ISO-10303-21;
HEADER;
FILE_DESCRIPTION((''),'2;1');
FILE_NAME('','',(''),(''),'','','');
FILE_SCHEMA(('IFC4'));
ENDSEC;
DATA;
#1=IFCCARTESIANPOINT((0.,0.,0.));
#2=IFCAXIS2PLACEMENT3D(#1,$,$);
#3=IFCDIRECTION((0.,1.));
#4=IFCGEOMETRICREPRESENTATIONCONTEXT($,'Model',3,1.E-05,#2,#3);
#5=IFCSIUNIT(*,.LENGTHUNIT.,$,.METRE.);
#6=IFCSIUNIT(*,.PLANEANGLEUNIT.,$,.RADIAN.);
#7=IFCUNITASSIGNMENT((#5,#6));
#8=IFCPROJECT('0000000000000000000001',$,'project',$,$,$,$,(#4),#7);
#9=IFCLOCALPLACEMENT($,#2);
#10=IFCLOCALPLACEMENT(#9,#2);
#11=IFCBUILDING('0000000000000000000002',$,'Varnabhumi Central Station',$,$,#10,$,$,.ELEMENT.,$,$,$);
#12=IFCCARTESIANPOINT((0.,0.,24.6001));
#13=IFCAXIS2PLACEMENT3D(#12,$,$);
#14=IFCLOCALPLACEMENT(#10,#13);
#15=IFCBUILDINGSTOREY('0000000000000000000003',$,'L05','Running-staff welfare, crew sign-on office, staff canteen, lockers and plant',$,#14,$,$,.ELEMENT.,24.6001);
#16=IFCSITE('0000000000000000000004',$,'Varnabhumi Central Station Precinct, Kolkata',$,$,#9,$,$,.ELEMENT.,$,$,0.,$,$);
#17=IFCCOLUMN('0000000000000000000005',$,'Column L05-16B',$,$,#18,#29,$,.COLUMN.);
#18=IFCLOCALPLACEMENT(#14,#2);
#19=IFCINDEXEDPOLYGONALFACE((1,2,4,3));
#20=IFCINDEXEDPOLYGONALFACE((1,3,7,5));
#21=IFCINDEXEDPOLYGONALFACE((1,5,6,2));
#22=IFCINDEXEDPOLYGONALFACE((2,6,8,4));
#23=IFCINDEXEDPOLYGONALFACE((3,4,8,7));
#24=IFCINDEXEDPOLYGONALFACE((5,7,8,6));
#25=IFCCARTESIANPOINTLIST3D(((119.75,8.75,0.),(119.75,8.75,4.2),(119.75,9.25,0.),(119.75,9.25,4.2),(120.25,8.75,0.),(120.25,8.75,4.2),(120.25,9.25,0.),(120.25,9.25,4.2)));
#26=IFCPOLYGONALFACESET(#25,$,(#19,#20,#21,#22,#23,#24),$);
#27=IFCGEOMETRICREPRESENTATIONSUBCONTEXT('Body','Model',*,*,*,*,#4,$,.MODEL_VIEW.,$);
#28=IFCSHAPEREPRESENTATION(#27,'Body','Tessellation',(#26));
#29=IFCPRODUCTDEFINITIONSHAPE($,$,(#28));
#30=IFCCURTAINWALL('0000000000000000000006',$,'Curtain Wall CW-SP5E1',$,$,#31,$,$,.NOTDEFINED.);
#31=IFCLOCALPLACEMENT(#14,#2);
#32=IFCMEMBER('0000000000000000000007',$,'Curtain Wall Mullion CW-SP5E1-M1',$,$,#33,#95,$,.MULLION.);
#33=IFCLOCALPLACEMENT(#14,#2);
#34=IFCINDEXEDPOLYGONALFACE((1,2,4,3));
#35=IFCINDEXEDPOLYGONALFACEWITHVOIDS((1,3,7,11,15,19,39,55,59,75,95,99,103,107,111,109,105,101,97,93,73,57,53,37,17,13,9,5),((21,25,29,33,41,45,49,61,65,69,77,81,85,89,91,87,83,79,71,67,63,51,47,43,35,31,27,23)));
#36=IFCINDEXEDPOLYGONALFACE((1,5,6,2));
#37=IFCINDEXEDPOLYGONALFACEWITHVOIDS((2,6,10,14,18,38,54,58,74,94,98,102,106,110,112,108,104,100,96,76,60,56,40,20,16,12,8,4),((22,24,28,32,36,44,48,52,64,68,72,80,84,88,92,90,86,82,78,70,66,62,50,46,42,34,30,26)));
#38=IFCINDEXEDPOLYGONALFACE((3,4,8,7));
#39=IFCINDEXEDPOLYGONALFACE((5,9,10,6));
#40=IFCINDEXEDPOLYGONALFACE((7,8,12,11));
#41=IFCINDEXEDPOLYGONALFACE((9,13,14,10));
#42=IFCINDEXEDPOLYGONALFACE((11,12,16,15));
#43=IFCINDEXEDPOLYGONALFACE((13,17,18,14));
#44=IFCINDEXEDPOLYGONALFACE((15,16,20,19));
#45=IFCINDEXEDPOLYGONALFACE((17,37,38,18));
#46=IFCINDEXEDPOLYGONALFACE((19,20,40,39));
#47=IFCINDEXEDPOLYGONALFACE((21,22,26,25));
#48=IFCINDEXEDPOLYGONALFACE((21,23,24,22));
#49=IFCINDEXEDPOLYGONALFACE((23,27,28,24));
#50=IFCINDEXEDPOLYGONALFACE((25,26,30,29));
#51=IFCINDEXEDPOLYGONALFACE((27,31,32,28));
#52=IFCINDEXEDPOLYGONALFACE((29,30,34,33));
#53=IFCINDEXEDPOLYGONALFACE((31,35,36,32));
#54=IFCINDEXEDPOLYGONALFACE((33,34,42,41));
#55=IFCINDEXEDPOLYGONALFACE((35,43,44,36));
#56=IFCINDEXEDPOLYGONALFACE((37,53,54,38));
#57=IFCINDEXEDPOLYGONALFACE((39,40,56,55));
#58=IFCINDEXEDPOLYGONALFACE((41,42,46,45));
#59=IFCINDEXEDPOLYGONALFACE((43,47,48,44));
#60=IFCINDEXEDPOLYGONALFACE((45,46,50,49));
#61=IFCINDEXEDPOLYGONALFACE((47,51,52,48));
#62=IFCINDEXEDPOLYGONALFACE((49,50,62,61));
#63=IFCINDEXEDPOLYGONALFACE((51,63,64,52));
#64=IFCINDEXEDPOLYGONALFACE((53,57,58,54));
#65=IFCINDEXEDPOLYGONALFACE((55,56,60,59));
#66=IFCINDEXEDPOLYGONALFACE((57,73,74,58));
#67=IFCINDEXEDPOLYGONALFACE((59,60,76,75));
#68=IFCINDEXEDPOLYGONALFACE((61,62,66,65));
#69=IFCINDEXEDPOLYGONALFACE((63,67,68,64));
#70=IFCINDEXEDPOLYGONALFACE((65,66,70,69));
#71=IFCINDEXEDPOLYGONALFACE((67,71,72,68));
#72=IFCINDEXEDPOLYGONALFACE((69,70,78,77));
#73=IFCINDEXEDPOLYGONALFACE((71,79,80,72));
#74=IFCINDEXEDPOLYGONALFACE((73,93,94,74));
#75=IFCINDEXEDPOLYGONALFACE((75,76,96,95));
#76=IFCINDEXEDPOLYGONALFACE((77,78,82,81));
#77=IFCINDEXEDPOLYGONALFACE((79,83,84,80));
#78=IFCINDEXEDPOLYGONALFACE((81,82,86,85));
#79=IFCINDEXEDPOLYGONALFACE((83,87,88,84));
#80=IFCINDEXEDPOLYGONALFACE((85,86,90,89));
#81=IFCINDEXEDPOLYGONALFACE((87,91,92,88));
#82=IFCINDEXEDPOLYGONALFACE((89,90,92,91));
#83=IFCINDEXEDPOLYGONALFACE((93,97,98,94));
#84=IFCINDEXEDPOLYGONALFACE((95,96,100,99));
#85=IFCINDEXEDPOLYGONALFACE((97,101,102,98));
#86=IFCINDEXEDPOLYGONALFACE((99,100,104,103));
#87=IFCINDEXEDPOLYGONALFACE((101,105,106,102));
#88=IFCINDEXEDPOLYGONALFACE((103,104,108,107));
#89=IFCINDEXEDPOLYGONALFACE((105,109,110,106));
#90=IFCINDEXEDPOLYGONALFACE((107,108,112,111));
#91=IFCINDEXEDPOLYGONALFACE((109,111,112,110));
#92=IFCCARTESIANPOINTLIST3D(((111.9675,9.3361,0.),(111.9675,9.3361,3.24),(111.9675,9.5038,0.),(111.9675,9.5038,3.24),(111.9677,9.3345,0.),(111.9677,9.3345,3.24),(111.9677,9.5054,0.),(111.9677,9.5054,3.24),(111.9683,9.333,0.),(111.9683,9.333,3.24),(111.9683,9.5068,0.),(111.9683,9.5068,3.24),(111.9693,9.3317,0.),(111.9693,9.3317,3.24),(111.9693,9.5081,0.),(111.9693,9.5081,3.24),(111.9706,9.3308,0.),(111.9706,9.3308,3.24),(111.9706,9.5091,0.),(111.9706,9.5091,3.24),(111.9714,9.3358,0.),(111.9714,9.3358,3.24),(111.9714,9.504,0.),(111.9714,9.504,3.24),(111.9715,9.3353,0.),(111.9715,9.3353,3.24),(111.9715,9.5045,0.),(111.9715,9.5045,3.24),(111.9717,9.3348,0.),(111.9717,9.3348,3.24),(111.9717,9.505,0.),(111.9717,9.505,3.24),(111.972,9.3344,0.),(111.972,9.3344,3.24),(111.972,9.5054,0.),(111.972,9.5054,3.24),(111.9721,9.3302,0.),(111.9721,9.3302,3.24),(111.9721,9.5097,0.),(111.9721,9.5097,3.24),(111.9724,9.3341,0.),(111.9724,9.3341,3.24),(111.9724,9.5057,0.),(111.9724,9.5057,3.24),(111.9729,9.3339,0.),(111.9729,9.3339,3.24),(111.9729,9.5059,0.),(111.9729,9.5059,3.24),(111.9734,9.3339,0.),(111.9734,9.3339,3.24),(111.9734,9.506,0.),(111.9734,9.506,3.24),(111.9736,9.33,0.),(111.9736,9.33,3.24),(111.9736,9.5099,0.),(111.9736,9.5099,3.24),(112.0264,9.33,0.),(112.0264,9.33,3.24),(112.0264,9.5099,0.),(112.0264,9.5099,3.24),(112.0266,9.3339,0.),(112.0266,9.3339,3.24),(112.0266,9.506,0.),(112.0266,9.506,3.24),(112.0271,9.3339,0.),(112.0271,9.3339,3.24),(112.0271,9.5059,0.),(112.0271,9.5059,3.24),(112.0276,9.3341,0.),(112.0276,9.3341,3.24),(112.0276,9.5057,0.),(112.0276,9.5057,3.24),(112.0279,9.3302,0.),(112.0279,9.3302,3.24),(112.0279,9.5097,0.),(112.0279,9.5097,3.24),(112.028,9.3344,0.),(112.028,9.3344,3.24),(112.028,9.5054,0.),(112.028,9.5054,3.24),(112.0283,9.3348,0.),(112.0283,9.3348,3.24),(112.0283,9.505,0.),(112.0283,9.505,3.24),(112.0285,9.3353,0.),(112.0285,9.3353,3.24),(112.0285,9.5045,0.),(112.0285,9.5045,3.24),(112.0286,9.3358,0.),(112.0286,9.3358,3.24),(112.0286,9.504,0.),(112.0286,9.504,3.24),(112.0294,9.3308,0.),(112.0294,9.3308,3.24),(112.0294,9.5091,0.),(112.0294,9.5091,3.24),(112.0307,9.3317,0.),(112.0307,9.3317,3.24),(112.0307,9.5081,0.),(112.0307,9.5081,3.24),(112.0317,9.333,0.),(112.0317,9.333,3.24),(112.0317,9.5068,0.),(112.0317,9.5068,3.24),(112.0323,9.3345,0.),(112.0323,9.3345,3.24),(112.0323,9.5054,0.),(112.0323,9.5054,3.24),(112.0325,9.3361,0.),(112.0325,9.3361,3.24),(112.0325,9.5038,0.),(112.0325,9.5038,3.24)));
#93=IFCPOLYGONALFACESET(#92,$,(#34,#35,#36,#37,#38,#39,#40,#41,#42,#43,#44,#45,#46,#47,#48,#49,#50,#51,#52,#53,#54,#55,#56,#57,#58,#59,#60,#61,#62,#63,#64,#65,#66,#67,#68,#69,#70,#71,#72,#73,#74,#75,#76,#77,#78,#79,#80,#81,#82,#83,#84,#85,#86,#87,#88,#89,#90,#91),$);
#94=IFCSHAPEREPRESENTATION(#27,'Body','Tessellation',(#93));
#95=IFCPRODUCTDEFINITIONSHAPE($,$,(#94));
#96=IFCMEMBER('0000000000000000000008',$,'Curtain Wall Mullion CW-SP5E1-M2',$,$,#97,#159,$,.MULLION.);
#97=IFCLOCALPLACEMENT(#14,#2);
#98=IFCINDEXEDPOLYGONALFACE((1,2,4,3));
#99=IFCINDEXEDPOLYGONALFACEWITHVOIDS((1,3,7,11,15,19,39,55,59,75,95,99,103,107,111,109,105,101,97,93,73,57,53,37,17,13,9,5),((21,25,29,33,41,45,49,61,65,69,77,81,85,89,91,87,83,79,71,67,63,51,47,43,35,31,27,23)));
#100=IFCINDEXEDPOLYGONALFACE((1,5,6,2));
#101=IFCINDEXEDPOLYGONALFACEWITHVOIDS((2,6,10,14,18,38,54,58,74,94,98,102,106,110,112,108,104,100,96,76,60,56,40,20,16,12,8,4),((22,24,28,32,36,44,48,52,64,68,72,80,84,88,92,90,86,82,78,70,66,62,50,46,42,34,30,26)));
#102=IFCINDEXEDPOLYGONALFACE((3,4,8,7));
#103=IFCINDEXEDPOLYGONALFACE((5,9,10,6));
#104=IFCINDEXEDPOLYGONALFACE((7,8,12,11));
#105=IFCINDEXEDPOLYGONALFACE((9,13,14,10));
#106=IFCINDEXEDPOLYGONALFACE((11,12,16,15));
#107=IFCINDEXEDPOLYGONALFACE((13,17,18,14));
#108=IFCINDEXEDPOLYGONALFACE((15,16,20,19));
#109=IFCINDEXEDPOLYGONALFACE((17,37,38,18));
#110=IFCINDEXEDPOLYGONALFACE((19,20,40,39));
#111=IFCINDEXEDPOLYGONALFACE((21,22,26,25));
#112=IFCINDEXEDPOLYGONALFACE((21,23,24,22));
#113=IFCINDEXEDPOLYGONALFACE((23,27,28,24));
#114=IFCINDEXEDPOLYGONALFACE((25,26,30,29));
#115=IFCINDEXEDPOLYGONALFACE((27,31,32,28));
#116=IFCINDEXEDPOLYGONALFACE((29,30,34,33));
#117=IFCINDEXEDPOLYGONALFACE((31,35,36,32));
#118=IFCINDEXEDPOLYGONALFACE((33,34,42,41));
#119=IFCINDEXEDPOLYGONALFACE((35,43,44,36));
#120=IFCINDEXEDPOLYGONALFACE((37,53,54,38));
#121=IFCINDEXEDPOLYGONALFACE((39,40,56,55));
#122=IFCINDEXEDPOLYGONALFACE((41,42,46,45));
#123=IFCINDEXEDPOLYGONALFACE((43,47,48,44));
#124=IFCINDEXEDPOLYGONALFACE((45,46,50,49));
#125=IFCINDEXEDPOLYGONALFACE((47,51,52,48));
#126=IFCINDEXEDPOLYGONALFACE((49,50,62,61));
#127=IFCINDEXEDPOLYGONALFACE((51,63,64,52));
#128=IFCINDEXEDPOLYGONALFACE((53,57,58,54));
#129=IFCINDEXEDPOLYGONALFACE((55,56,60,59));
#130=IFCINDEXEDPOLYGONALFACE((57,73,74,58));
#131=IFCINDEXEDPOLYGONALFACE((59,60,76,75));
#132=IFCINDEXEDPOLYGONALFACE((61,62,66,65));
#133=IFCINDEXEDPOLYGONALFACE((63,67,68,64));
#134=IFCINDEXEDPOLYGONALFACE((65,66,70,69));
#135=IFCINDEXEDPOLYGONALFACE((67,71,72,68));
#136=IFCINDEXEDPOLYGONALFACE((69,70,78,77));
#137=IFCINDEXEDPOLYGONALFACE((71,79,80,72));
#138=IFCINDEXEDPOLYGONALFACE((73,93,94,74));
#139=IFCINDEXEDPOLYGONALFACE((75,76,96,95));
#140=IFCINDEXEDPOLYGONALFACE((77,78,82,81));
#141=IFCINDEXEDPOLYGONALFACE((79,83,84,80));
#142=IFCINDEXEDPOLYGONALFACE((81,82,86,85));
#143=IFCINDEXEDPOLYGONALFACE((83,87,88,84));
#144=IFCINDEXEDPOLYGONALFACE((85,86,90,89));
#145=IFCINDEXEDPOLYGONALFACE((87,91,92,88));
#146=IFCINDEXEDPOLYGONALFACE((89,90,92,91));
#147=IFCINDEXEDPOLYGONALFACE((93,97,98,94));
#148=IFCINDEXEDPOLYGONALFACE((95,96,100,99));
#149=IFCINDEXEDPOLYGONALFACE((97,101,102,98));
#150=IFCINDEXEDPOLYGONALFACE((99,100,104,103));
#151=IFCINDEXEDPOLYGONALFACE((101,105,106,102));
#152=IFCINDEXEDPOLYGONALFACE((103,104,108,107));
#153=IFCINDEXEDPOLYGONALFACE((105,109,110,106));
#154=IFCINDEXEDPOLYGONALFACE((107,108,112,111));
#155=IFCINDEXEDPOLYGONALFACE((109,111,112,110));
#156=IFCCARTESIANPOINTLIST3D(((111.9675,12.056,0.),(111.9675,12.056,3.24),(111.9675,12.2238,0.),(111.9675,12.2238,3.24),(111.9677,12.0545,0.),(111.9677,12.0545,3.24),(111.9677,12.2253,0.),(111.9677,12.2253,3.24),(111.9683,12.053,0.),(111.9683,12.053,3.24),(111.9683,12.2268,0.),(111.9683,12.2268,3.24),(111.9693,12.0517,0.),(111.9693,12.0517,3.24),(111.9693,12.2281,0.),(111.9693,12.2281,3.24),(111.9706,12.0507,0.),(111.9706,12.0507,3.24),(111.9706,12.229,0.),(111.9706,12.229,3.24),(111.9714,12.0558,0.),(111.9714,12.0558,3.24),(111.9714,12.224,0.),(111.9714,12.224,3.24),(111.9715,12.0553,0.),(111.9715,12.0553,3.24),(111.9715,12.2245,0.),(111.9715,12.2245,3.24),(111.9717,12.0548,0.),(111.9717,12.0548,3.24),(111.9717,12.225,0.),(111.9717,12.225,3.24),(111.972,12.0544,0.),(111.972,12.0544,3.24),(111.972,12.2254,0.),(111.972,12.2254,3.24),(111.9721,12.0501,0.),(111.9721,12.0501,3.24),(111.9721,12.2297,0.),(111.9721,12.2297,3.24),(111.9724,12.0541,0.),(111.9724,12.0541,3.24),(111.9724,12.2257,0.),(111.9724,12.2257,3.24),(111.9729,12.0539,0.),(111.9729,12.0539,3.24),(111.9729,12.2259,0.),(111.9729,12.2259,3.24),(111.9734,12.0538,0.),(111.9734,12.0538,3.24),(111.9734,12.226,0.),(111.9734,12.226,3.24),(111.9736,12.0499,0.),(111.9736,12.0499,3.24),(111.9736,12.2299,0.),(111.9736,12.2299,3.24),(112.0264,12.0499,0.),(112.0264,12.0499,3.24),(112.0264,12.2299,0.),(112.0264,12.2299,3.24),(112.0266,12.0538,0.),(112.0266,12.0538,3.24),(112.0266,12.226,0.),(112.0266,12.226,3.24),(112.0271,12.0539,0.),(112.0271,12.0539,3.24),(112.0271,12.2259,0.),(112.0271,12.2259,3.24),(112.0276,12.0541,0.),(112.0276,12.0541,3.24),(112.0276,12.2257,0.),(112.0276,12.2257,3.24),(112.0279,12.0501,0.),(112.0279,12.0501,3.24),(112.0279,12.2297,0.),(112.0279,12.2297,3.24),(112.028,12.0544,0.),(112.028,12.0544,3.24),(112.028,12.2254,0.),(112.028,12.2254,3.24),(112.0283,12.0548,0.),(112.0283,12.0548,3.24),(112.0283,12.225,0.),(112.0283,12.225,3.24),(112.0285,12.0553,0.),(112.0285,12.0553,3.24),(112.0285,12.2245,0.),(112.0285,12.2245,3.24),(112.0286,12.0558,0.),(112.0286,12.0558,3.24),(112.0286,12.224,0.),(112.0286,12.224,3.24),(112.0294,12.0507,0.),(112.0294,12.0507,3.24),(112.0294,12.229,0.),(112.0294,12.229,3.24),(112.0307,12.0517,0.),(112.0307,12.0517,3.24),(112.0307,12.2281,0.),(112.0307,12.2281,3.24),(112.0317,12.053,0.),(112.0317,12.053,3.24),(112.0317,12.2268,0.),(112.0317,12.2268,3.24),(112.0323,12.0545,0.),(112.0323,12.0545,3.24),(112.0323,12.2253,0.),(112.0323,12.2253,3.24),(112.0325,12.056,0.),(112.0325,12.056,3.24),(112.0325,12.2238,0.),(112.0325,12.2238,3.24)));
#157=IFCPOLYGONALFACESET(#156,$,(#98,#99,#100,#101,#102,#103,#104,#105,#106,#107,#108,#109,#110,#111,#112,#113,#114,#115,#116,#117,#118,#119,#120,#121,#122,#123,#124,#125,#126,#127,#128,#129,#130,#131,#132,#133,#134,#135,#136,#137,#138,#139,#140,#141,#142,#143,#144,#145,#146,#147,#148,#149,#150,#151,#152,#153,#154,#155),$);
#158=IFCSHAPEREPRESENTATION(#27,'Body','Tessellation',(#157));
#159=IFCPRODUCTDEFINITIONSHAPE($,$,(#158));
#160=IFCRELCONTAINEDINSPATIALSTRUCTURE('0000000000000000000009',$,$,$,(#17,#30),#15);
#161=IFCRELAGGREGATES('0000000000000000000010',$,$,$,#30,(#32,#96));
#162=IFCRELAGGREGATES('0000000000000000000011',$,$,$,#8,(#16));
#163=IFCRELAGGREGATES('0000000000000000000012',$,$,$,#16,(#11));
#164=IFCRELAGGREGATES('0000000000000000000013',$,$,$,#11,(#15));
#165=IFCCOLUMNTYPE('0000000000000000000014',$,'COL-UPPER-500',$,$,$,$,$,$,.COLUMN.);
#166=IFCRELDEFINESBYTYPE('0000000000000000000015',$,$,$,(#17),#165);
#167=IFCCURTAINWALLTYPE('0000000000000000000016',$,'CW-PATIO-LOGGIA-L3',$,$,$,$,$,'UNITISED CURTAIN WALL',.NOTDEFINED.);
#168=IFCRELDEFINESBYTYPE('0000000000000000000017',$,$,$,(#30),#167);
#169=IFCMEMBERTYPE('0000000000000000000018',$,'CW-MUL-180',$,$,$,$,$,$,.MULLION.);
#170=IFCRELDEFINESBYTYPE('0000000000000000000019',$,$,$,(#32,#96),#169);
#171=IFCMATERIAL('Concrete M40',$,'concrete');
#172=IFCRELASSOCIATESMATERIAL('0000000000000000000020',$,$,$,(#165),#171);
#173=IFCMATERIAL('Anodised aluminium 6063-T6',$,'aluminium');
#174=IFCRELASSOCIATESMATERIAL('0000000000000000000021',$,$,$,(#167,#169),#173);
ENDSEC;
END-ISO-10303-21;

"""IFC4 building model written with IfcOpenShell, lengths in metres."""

from ifc_helpers import new_model, si_unit, direction, frame, origin, origin_2d, place, context, subcontext, project, spatial, rectangle, hollow_rectangle, extrude, material, material_profile, profile_set, type_object, element, aggregate, save


model = new_model("IFC4")

# Units and contexts
model_context = context("Model", 3, precision=1e-05, world=origin(), true_north=direction((0.0, 1.0)))
body_context = subcontext(model_context, "Body", "Model", "MODEL_VIEW")
ifc_project = project(units=[si_unit("LENGTHUNIT", "METRE"), si_unit("PLANEANGLEUNIT", "RADIAN")], contexts=[model_context])

# Site, building, storey
site_placement = place(None, origin())
site = spatial("IfcSite", under=ifc_project, at=site_placement, Name="Varnabhumi Central Station Precinct, Kolkata", CompositionType="ELEMENT", RefElevation=0.0)
building_placement = place(site_placement, origin())
building = spatial("IfcBuilding", under=site, at=building_placement, Name="Varnabhumi Central Station", CompositionType="ELEMENT")
storey_placement = place(building_placement, frame((0.0, 0.0, 24.6001)))
storey = spatial("IfcBuildingStorey", under=building, at=storey_placement, Name="L05", Description="Running-staff welfare, crew sign-on office, staff canteen, lockers and plant", CompositionType="ELEMENT", Elevation=24.6001)

# Column
ifc_material_1 = material(Name="Concrete M40", Category="concrete")
ifc_material_profile_1 = material_profile(ifc_material_1, rectangle(XDim=0.5, YDim=0.5, at=origin_2d()), Name="Concrete M40", Category="concrete")
ifc_profile_set_1 = profile_set([ifc_material_profile_1], Name="Concrete M40")
column_type = type_object("IfcColumnType", Name="COL-UPPER-500", PredefinedType="COLUMN", material=ifc_profile_set_1)
column_placement = place(storey_placement, frame((120.0, 9.0, 0.0), z_axis=(0.0, 0.0, 1.0), x_axis=(1.0, 0.0, 0.0)))
element("IfcColumn", 1, at=column_placement, inside=storey, type_object=column_type, Name="Column L05-16B", PredefinedType="COLUMN", context=body_context, shape_type="SweptSolid", body=[
    extrude(rectangle(XDim=0.5, YDim=0.5, at=origin_2d()), origin(), (0.0, 0.0, 1.0), 4.2),
])

# Curtain wall, members
ifc_material_2 = material(Name="Anodised aluminium 6063-T6", Category="aluminium")
curtain_wall_type = type_object("IfcCurtainWallType", Name="CW-PATIO-LOGGIA-L3", ElementType="UNITISED CURTAIN WALL", PredefinedType="NOTDEFINED", material=ifc_material_2)
curtain_wall_1_placement = place(storey_placement, origin())
curtain_wall_1 = element("IfcCurtainWall", 2, at=curtain_wall_1_placement, inside=storey, type_object=curtain_wall_type, Name="Curtain Wall CW-SP5E1", PredefinedType="NOTDEFINED")
ifc_material_profile_2 = material_profile(ifc_material_2, hollow_rectangle(XDim=0.0649, YDim=0.1799, WallThickness=0.0039, InnerFilletRadius=0.002, OuterFilletRadius=0.0061, at=origin_2d()), Name="Anodised aluminium 6063-T6", Category="aluminium")
ifc_profile_set_2 = profile_set([ifc_material_profile_2], Name="Anodised aluminium 6063-T6")
member_type_1 = type_object("IfcMemberType", Name="CW-MUL-180", PredefinedType="MULLION", material=ifc_profile_set_2)
member_1_placement = place(storey_placement, frame((112.0, 9.4199, 0.0), z_axis=(0.0, 0.0, 1.0), x_axis=(1.0, 0.0, 0.0)))
member_1 = element("IfcMember", 3, at=member_1_placement, type_object=member_type_1, Name="Curtain Wall Mullion CW-SP5E1-M1", PredefinedType="MULLION", context=body_context, shape_type="SweptSolid", body=[
    extrude(hollow_rectangle(XDim=0.0649, YDim=0.1799, WallThickness=0.0039, InnerFilletRadius=0.002, OuterFilletRadius=0.0061, at=origin_2d()), origin(), (0.0, 0.0, 1.0), 3.24),
])
member_2_placement = place(storey_placement, frame((112.0, 12.1399, 0.0), z_axis=(0.0, 0.0, 1.0), x_axis=(1.0, 0.0, 0.0)))
member_2 = element("IfcMember", 4, at=member_2_placement, type_object=member_type_1, Name="Curtain Wall Mullion CW-SP5E1-M2", PredefinedType="MULLION", context=body_context, shape_type="SweptSolid", body=[
    extrude(hollow_rectangle(XDim=0.0649, YDim=0.1799, WallThickness=0.0039, InnerFilletRadius=0.002, OuterFilletRadius=0.0061, at=origin_2d()), origin(), (0.0, 0.0, 1.0), 3.24),
])

aggregate(curtain_wall_1, [member_1, member_2])

save(model, "model.ifc")
